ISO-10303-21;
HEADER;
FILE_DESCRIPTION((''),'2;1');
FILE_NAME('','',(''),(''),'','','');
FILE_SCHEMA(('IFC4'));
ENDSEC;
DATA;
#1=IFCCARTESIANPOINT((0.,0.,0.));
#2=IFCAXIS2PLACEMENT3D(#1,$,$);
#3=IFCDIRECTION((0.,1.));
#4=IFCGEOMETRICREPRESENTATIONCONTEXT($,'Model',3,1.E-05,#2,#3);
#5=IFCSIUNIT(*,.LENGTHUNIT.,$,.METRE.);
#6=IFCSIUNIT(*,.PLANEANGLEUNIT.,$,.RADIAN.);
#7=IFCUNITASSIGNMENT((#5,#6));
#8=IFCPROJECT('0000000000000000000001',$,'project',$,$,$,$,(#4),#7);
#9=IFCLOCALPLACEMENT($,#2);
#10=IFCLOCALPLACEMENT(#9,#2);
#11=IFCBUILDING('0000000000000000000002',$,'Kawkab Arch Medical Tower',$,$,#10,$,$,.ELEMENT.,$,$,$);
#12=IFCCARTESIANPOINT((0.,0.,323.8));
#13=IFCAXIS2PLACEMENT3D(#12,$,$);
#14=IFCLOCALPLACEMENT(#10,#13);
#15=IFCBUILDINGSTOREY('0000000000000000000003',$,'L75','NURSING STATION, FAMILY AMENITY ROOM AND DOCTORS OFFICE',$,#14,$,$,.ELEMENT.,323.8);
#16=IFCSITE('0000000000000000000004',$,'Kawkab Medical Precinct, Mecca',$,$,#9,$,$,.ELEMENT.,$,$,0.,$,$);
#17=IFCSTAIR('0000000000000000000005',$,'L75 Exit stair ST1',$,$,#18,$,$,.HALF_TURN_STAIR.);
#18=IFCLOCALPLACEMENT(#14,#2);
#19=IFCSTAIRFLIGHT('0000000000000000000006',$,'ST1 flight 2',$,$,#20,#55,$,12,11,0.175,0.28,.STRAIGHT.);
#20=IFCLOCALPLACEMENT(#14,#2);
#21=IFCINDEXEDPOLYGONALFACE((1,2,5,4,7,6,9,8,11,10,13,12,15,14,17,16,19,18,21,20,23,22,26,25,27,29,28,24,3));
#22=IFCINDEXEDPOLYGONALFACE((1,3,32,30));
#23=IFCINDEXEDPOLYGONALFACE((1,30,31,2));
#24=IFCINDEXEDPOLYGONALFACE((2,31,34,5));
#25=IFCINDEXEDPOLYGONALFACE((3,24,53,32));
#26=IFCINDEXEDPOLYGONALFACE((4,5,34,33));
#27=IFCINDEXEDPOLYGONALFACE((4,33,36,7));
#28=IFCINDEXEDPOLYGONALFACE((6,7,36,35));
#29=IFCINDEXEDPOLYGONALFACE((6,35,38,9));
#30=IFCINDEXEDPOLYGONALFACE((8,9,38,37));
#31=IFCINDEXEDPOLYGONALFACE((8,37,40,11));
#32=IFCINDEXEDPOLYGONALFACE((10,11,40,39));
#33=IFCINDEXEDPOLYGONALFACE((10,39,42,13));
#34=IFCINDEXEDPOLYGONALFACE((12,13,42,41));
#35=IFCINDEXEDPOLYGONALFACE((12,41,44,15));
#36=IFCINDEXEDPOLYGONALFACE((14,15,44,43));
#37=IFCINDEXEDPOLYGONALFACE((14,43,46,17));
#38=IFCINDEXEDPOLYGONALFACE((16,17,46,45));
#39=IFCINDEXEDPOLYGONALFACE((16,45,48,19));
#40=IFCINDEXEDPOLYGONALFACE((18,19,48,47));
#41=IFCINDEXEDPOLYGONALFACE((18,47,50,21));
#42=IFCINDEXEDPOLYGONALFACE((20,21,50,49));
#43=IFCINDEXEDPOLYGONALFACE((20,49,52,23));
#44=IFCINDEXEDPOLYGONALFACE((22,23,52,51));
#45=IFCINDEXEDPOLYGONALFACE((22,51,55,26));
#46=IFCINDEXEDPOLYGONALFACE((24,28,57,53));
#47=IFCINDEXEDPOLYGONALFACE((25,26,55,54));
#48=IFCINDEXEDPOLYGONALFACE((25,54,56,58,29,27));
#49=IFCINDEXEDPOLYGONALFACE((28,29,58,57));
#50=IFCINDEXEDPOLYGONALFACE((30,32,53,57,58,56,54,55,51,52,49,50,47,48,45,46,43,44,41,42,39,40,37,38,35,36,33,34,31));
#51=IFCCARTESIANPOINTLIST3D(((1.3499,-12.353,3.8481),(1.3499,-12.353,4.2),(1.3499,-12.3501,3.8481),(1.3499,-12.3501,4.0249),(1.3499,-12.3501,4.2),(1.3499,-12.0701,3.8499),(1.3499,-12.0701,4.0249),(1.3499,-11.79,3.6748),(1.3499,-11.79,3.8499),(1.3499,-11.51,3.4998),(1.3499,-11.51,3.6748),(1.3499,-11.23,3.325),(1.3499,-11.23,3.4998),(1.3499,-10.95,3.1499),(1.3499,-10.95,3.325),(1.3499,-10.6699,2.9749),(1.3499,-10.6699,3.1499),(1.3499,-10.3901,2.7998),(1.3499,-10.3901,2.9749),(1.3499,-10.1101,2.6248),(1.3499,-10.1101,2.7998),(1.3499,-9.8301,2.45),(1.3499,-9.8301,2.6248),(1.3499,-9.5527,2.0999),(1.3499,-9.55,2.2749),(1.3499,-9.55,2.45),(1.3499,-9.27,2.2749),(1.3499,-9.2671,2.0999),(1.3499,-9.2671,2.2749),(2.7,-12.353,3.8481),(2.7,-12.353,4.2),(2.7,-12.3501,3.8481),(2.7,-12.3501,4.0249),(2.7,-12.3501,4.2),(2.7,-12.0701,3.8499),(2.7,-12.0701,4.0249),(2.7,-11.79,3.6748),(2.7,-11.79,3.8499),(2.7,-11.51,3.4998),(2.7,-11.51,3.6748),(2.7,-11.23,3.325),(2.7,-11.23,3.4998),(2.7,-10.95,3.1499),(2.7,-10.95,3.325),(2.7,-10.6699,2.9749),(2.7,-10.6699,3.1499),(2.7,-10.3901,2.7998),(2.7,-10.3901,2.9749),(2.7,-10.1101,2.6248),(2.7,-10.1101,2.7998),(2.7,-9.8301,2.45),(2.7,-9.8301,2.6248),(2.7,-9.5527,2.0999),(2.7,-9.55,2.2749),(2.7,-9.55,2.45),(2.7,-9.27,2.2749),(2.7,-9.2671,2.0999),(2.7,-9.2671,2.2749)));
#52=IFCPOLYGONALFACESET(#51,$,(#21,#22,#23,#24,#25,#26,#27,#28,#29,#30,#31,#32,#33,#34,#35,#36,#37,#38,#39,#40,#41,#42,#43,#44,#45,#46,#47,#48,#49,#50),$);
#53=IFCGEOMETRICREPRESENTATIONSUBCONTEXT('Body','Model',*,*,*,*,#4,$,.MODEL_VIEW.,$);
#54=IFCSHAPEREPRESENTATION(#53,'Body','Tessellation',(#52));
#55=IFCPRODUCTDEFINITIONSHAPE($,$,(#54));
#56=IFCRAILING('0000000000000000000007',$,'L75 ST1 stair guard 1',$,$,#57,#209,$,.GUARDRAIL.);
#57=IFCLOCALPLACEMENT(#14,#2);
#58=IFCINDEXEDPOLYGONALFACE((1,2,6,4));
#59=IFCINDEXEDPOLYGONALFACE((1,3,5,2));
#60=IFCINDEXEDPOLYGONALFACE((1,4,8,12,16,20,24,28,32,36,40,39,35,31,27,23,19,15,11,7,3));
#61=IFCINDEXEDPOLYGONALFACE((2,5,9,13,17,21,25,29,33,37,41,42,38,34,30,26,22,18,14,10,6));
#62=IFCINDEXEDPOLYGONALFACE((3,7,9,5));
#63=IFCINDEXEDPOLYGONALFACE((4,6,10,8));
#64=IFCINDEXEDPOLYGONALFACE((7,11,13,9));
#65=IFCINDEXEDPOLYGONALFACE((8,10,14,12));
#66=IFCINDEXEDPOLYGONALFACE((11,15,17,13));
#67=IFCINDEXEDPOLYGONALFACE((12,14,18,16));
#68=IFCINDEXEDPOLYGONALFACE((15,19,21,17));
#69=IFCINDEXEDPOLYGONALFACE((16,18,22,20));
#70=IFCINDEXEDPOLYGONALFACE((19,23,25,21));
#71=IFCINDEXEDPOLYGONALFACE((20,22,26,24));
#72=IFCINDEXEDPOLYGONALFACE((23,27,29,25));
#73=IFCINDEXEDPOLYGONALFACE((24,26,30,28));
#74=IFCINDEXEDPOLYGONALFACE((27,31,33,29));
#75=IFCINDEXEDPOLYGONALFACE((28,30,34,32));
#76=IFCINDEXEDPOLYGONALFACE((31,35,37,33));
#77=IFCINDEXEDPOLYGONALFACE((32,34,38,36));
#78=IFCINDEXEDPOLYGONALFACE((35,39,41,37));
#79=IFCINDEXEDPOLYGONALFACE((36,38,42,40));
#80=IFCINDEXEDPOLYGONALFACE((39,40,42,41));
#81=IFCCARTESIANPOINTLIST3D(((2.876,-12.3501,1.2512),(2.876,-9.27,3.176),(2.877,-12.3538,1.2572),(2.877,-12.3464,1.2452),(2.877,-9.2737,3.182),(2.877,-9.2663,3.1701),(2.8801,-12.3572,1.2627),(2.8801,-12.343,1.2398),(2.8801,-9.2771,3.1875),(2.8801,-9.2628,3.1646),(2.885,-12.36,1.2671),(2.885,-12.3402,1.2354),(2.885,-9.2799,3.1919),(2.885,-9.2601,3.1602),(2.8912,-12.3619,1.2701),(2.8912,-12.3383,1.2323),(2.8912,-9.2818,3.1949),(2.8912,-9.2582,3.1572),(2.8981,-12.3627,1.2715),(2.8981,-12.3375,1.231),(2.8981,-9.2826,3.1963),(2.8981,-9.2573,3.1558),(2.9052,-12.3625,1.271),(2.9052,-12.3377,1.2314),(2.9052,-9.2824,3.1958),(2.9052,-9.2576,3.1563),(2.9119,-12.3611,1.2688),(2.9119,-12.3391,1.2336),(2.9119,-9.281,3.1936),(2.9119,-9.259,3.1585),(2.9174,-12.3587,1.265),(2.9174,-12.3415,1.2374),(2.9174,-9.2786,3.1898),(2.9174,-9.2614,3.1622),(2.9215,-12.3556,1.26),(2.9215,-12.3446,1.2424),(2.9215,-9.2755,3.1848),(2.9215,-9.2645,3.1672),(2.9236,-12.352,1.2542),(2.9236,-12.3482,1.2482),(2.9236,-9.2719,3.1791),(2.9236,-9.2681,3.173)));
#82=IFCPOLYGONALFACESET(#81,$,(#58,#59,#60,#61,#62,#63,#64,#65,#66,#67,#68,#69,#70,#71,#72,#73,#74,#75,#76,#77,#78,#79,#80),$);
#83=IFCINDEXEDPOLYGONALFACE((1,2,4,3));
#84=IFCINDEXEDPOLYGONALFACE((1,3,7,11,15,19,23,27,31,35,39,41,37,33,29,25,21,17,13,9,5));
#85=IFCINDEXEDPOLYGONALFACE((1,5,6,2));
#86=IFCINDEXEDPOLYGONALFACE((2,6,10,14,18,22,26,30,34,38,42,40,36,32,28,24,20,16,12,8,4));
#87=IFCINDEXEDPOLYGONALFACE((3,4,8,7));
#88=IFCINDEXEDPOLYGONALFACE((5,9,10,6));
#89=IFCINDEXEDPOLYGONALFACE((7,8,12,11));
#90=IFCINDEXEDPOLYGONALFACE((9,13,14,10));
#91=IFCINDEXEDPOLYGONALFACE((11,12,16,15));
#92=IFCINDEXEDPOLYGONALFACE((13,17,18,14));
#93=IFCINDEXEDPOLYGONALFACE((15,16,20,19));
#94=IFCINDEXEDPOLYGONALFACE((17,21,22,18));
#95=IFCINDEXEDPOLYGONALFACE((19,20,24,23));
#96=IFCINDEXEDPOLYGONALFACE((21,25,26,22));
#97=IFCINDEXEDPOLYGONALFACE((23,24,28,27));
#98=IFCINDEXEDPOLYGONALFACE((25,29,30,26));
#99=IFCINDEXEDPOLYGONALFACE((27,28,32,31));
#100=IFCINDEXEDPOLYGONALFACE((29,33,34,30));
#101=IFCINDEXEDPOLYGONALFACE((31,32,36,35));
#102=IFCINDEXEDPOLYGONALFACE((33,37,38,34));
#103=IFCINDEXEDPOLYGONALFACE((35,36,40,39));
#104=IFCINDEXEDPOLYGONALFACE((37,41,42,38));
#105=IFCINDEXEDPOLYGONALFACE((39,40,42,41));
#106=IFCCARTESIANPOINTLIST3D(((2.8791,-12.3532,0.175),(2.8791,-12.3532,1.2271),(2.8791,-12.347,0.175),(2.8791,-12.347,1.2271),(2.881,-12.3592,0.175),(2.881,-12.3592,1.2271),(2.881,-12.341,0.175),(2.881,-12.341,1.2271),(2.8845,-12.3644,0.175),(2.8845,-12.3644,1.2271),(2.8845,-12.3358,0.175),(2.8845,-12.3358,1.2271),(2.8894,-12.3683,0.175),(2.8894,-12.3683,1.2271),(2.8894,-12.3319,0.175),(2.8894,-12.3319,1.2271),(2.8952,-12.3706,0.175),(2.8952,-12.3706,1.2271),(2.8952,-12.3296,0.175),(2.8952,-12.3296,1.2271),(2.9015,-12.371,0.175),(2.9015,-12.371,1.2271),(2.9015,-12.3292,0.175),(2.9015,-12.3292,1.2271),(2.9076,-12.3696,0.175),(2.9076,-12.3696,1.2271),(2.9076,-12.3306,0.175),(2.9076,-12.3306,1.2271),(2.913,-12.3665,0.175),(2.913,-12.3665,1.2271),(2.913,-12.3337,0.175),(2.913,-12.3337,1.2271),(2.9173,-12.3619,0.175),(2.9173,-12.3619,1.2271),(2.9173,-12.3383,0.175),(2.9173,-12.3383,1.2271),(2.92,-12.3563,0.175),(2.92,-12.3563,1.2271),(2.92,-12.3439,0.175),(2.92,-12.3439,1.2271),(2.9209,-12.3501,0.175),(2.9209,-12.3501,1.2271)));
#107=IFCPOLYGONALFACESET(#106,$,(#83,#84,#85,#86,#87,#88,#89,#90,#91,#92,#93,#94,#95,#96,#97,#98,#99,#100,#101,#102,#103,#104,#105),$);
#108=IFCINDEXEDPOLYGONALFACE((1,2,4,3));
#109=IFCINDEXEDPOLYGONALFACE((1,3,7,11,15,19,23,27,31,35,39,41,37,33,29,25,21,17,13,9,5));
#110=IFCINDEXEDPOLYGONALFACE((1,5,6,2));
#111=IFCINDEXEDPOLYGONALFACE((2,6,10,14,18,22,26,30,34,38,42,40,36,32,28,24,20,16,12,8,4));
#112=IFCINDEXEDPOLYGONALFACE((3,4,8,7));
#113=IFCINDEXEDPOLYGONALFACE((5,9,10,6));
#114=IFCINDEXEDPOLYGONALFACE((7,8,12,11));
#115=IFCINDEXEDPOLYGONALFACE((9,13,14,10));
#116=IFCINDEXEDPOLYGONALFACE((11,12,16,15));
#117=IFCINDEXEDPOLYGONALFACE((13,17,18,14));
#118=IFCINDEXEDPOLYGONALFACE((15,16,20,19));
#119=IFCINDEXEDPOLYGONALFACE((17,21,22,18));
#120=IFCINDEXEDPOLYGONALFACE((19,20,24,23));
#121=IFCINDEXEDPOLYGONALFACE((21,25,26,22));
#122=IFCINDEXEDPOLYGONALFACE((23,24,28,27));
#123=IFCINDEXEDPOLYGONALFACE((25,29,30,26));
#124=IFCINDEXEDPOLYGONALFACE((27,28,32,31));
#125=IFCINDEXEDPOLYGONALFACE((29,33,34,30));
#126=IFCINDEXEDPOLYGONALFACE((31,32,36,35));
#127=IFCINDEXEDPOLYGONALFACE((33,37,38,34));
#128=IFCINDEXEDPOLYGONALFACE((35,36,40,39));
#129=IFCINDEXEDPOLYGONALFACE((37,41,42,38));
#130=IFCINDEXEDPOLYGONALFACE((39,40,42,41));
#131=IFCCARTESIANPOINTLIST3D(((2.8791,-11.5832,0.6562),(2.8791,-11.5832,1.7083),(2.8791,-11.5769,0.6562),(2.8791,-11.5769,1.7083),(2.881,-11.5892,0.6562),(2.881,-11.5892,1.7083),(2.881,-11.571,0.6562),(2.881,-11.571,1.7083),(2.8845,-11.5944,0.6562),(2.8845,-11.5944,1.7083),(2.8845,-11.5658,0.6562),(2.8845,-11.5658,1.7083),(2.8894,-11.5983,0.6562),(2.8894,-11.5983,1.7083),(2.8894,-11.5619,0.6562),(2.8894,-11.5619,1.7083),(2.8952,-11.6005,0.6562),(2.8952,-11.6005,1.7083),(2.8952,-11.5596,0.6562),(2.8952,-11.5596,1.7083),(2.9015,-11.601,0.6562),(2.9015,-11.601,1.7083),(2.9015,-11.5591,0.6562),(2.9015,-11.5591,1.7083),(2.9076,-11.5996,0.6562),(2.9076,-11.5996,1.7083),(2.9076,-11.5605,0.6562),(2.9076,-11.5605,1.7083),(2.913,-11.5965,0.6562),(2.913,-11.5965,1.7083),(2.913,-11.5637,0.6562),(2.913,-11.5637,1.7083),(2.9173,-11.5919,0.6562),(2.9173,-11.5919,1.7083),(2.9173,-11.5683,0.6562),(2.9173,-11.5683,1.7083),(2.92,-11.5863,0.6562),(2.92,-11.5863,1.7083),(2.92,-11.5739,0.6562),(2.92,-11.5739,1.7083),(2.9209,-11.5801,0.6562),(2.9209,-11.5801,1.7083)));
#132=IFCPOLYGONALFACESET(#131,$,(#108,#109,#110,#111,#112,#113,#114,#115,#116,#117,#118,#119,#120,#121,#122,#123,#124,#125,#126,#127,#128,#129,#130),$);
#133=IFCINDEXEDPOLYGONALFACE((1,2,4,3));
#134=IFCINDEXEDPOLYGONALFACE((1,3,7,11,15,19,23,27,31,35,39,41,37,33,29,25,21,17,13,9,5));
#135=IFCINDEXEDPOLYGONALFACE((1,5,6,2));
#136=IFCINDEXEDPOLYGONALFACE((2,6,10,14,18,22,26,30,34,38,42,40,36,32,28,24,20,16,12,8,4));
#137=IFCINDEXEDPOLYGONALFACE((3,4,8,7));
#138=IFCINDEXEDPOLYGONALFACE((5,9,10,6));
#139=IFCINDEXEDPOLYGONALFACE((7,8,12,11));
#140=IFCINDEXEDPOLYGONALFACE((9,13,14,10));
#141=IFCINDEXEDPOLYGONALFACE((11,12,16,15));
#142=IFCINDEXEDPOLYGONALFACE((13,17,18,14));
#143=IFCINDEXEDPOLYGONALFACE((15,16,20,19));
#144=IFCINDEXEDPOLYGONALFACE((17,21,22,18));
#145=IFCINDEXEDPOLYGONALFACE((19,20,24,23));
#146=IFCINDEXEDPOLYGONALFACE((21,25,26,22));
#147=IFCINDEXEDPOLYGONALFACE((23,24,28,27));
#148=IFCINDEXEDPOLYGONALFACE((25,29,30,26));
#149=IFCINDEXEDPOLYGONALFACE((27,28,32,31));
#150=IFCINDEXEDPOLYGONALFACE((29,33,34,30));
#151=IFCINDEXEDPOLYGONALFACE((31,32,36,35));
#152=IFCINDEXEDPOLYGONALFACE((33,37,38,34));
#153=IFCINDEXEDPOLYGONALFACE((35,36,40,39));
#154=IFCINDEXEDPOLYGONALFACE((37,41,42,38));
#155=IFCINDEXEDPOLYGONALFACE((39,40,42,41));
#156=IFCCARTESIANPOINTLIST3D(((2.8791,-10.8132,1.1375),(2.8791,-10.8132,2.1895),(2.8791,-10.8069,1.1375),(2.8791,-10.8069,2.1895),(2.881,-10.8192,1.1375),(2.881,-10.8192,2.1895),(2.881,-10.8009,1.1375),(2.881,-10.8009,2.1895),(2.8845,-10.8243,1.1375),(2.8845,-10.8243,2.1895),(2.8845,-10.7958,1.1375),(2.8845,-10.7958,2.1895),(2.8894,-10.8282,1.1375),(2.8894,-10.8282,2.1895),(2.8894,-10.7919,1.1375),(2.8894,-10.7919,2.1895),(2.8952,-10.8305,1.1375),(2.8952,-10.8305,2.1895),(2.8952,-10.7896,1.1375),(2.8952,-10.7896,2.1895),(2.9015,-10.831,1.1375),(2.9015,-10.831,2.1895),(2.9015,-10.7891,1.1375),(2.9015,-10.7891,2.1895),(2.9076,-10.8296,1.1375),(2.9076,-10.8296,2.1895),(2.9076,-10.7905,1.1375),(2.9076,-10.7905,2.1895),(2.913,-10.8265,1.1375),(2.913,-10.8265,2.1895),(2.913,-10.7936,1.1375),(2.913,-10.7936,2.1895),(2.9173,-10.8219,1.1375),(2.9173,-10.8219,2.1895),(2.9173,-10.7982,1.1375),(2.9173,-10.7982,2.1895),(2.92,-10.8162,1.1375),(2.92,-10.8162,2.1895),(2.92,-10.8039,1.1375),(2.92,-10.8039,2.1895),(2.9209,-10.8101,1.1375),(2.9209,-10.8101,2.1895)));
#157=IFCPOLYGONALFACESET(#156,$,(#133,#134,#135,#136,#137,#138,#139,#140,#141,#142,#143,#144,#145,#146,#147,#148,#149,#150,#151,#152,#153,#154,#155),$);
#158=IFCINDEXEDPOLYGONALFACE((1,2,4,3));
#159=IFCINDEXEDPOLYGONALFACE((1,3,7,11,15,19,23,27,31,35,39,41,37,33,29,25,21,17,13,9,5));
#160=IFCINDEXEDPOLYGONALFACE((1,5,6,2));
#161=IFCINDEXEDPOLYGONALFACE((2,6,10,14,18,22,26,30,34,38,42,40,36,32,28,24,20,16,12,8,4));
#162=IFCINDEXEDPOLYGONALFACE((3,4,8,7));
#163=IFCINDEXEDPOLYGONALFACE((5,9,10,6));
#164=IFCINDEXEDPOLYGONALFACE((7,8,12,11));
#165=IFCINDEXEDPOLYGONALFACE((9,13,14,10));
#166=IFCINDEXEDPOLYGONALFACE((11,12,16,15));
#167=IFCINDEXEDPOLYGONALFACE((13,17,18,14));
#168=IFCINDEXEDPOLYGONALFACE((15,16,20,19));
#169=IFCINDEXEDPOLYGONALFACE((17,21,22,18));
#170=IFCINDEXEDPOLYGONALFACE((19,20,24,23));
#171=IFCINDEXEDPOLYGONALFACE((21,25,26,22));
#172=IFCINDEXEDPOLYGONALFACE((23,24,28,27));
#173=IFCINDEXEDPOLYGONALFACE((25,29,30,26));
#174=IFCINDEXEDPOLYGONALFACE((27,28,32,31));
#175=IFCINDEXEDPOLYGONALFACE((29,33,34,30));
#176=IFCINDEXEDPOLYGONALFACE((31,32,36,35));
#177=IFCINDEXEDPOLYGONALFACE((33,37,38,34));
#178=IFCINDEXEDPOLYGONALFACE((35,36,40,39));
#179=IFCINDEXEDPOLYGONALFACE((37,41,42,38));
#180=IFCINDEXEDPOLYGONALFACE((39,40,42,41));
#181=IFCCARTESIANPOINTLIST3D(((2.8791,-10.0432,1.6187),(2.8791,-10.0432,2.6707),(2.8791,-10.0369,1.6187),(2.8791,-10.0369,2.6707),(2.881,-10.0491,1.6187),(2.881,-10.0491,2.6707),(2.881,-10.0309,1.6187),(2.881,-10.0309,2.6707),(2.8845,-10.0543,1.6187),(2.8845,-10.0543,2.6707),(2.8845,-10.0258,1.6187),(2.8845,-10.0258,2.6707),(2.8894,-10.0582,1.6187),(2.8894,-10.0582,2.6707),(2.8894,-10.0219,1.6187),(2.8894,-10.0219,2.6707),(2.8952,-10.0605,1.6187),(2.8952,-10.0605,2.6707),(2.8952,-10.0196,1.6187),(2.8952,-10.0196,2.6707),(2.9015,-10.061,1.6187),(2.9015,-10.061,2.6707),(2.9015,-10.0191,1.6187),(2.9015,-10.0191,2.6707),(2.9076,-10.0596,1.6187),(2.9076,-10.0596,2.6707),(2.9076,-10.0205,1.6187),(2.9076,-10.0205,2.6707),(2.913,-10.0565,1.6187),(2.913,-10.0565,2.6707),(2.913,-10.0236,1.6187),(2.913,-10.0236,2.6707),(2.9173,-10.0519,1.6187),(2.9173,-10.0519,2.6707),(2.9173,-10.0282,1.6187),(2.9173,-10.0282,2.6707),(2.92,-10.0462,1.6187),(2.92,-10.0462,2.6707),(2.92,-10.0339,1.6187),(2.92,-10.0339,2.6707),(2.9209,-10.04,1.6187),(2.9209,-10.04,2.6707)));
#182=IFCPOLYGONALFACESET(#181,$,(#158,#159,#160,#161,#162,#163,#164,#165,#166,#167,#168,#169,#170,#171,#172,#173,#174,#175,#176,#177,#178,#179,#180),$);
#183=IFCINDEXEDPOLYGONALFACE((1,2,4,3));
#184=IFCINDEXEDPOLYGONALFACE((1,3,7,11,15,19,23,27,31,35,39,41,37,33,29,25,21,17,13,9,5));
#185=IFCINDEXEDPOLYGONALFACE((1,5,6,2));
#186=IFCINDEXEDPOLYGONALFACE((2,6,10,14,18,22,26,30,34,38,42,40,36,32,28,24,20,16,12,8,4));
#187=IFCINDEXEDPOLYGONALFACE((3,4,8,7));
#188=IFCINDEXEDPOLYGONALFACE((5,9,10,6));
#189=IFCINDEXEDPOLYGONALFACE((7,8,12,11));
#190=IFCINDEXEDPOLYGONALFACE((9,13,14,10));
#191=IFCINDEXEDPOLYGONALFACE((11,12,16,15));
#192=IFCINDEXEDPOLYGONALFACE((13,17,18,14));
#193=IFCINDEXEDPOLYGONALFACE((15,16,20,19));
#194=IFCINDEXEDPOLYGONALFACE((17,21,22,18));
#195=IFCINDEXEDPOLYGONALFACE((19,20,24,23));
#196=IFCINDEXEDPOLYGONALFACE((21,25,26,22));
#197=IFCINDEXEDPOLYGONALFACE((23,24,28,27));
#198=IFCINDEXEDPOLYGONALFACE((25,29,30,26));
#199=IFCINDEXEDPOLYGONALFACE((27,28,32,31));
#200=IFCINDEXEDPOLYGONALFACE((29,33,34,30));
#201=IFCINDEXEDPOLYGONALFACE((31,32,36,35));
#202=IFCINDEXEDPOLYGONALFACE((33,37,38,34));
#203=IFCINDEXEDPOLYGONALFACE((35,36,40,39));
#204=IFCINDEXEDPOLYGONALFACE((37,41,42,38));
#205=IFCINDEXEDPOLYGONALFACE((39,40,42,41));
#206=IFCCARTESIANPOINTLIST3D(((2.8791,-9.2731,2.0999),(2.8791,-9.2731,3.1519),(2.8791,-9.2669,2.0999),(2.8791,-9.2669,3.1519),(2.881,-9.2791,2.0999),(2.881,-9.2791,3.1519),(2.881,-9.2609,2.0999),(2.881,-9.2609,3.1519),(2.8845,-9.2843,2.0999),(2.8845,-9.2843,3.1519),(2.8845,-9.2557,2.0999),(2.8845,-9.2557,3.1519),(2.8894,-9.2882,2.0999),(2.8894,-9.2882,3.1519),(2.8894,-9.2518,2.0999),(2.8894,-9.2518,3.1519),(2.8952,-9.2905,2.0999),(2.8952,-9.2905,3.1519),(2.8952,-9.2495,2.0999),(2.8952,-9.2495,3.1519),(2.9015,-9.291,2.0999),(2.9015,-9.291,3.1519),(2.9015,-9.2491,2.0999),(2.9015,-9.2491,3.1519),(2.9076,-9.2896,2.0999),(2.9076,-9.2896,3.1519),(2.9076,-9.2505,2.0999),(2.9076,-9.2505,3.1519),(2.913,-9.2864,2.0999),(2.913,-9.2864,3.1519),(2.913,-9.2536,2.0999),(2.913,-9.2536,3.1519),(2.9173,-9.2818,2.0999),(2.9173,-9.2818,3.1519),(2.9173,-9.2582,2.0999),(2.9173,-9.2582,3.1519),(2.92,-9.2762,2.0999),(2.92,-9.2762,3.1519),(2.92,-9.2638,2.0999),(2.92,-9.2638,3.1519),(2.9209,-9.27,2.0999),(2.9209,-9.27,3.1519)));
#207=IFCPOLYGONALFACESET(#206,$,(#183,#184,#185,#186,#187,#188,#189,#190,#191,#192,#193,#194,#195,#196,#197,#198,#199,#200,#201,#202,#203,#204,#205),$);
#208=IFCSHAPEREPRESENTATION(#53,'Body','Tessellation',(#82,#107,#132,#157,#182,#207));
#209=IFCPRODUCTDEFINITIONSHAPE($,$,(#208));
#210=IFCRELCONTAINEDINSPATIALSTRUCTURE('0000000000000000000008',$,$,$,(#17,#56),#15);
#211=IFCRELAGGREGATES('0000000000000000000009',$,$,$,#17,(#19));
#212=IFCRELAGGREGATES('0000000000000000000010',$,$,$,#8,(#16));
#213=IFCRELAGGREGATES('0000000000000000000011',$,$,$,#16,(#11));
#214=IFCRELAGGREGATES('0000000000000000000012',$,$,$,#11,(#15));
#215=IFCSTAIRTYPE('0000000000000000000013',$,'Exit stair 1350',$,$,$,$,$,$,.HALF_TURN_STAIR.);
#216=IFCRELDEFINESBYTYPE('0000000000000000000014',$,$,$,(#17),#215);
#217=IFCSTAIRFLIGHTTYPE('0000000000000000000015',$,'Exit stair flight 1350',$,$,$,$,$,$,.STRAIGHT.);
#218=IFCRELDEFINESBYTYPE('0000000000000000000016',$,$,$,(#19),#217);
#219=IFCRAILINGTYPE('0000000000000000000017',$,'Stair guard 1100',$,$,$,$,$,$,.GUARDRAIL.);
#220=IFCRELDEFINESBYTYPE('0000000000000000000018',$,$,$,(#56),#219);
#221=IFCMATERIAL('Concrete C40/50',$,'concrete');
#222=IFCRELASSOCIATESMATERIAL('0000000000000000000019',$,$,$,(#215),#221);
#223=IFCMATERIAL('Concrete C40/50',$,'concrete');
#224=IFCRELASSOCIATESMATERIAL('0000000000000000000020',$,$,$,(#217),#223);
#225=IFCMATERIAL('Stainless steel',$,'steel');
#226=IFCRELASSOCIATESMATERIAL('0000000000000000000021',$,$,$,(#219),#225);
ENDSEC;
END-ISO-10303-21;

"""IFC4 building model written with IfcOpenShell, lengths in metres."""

from ifc_helpers import new_model, si_unit, direction, frame, origin, origin_2d, place, context, subcontext, project, spatial, polyline, circle, outline, extrude, material, type_object, element, aggregate, save


model = new_model("IFC4")

# Units and contexts
model_context = context("Model", 3, precision=1e-05, world=origin(), true_north=direction((0.0, 1.0)))
body_context = subcontext(model_context, "Body", "Model", "MODEL_VIEW")
ifc_project = project(units=[si_unit("LENGTHUNIT", "METRE"), si_unit("PLANEANGLEUNIT", "RADIAN")], contexts=[model_context])

# Site, building, storey
site_placement = place(None, origin())
site = spatial("IfcSite", under=ifc_project, at=site_placement, Name="Kawkab Medical Precinct, Mecca", CompositionType="ELEMENT", RefElevation=0.0)
building_placement = place(site_placement, origin())
building = spatial("IfcBuilding", under=site, at=building_placement, Name="Kawkab Arch Medical Tower", CompositionType="ELEMENT")
storey_placement = place(building_placement, frame((0.0, 0.0, 323.8)))
storey = spatial("IfcBuildingStorey", under=building, at=storey_placement, Name="L75", Description="NURSING STATION, FAMILY AMENITY ROOM AND DOCTORS OFFICE", CompositionType="ELEMENT", Elevation=323.8)

# Stair, stair flight
ifc_material_1 = material(Name="Concrete C40/50", Category="concrete")
stair_type = type_object("IfcStairType", Name="Exit stair 1350", PredefinedType="HALF_TURN_STAIR", material=ifc_material_1)
stair_placement = place(storey_placement, origin())
stair = element("IfcStair", 1, at=stair_placement, inside=storey, type_object=stair_type, Name="L75 Exit stair ST1", PredefinedType="HALF_TURN_STAIR")
ifc_material_2 = material(Name="Concrete C40/50", Category="concrete")
stair_flight_type = type_object("IfcStairFlightType", Name="Exit stair flight 1350", PredefinedType="STRAIGHT", material=ifc_material_2)
stair_flight_1_placement = place(storey_placement, frame((2.0249, -9.27, 2.0999), z_axis=(0.0, 0.0, 1.0), x_axis=(0.0, -1.0, 0.0)))
stair_flight_1 = element("IfcStairFlight", 2, at=stair_flight_1_placement, type_object=stair_flight_type, Name="ST1 flight 2", NumberOfRisers=12, NumberOfTreads=11, PredefinedType="STRAIGHT", RiserHeight=0.175, TreadLength=0.28, context=body_context, shape_type="SweptSolid", body=[
    extrude(outline(polyline([(-0.0029, 0.0), (-0.0029, 0.175), (0.0, 0.175), (0.28, 0.175), (0.28, 0.3501), (0.5601, 0.3501), (0.5601, 0.5249), (0.8401, 0.5249), (0.8401, 0.7), (1.1201, 0.7), (1.1201, 0.875), (1.3999, 0.875), (1.3999, 1.05), (1.6799, 1.05), (1.6799, 1.2251), (1.96, 1.2251), (1.96, 1.3999), (2.24, 1.3999), (2.24, 1.575), (2.52, 1.575), (2.52, 1.75), (2.8, 1.75), (2.8, 1.925), (3.0801, 1.925), (3.0801, 2.1001), (3.083, 2.1001), (3.083, 1.7483), (3.0801, 1.7483), (0.2827, 0.0), (-0.0029, 0.0)])), frame((0.0, 0.675, 0.0), z_axis=(0.0, -1.0, 0.0), x_axis=(1.0, 0.0, 0.0)), (0.0, 0.0, 1.0), 1.3501),
])
aggregate(stair, [stair_flight_1])

# Railing
ifc_material_3 = material(Name="Stainless steel", Category="steel")
railing_type = type_object("IfcRailingType", Name="Stair guard 1100", PredefinedType="GUARDRAIL", material=ifc_material_3)
railing_1_placement = place(storey_placement, frame((2.8999, -12.3501, 0.175)))
element("IfcRailing", 3, at=railing_1_placement, inside=storey, type_object=railing_type, Name="L75 ST1 stair guard 1", PredefinedType="GUARDRAIL", context=body_context, shape_type="SweptSolid", body=[
    extrude(circle(Radius=0.0239, at=origin_2d()), frame((0.0, 0.0, 1.0762), z_axis=(0.0, 0.848029, 0.529951), x_axis=(-1.0, 0.0, 0.0)), (0.0, 0.0, 1.0), 3.6321),
    extrude(circle(Radius=0.021, at=origin_2d()), origin(), (0.0, 0.0, 1.0), 1.052),
    extrude(circle(Radius=0.021, at=origin_2d()), frame((0.0, 0.77, 0.4812)), (0.0, 0.0, 1.0), 1.052),
    extrude(circle(Radius=0.021, at=origin_2d()), frame((0.0, 1.54, 0.9624)), (0.0, 0.0, 1.0), 1.052),
    extrude(circle(Radius=0.021, at=origin_2d()), frame((0.0, 2.3101, 1.4436)), (0.0, 0.0, 1.0), 1.052),
    extrude(circle(Radius=0.021, at=origin_2d()), frame((0.0, 3.0801, 1.9248)), (0.0, 0.0, 1.0), 1.052),
])

save(model, "model.ifc")
